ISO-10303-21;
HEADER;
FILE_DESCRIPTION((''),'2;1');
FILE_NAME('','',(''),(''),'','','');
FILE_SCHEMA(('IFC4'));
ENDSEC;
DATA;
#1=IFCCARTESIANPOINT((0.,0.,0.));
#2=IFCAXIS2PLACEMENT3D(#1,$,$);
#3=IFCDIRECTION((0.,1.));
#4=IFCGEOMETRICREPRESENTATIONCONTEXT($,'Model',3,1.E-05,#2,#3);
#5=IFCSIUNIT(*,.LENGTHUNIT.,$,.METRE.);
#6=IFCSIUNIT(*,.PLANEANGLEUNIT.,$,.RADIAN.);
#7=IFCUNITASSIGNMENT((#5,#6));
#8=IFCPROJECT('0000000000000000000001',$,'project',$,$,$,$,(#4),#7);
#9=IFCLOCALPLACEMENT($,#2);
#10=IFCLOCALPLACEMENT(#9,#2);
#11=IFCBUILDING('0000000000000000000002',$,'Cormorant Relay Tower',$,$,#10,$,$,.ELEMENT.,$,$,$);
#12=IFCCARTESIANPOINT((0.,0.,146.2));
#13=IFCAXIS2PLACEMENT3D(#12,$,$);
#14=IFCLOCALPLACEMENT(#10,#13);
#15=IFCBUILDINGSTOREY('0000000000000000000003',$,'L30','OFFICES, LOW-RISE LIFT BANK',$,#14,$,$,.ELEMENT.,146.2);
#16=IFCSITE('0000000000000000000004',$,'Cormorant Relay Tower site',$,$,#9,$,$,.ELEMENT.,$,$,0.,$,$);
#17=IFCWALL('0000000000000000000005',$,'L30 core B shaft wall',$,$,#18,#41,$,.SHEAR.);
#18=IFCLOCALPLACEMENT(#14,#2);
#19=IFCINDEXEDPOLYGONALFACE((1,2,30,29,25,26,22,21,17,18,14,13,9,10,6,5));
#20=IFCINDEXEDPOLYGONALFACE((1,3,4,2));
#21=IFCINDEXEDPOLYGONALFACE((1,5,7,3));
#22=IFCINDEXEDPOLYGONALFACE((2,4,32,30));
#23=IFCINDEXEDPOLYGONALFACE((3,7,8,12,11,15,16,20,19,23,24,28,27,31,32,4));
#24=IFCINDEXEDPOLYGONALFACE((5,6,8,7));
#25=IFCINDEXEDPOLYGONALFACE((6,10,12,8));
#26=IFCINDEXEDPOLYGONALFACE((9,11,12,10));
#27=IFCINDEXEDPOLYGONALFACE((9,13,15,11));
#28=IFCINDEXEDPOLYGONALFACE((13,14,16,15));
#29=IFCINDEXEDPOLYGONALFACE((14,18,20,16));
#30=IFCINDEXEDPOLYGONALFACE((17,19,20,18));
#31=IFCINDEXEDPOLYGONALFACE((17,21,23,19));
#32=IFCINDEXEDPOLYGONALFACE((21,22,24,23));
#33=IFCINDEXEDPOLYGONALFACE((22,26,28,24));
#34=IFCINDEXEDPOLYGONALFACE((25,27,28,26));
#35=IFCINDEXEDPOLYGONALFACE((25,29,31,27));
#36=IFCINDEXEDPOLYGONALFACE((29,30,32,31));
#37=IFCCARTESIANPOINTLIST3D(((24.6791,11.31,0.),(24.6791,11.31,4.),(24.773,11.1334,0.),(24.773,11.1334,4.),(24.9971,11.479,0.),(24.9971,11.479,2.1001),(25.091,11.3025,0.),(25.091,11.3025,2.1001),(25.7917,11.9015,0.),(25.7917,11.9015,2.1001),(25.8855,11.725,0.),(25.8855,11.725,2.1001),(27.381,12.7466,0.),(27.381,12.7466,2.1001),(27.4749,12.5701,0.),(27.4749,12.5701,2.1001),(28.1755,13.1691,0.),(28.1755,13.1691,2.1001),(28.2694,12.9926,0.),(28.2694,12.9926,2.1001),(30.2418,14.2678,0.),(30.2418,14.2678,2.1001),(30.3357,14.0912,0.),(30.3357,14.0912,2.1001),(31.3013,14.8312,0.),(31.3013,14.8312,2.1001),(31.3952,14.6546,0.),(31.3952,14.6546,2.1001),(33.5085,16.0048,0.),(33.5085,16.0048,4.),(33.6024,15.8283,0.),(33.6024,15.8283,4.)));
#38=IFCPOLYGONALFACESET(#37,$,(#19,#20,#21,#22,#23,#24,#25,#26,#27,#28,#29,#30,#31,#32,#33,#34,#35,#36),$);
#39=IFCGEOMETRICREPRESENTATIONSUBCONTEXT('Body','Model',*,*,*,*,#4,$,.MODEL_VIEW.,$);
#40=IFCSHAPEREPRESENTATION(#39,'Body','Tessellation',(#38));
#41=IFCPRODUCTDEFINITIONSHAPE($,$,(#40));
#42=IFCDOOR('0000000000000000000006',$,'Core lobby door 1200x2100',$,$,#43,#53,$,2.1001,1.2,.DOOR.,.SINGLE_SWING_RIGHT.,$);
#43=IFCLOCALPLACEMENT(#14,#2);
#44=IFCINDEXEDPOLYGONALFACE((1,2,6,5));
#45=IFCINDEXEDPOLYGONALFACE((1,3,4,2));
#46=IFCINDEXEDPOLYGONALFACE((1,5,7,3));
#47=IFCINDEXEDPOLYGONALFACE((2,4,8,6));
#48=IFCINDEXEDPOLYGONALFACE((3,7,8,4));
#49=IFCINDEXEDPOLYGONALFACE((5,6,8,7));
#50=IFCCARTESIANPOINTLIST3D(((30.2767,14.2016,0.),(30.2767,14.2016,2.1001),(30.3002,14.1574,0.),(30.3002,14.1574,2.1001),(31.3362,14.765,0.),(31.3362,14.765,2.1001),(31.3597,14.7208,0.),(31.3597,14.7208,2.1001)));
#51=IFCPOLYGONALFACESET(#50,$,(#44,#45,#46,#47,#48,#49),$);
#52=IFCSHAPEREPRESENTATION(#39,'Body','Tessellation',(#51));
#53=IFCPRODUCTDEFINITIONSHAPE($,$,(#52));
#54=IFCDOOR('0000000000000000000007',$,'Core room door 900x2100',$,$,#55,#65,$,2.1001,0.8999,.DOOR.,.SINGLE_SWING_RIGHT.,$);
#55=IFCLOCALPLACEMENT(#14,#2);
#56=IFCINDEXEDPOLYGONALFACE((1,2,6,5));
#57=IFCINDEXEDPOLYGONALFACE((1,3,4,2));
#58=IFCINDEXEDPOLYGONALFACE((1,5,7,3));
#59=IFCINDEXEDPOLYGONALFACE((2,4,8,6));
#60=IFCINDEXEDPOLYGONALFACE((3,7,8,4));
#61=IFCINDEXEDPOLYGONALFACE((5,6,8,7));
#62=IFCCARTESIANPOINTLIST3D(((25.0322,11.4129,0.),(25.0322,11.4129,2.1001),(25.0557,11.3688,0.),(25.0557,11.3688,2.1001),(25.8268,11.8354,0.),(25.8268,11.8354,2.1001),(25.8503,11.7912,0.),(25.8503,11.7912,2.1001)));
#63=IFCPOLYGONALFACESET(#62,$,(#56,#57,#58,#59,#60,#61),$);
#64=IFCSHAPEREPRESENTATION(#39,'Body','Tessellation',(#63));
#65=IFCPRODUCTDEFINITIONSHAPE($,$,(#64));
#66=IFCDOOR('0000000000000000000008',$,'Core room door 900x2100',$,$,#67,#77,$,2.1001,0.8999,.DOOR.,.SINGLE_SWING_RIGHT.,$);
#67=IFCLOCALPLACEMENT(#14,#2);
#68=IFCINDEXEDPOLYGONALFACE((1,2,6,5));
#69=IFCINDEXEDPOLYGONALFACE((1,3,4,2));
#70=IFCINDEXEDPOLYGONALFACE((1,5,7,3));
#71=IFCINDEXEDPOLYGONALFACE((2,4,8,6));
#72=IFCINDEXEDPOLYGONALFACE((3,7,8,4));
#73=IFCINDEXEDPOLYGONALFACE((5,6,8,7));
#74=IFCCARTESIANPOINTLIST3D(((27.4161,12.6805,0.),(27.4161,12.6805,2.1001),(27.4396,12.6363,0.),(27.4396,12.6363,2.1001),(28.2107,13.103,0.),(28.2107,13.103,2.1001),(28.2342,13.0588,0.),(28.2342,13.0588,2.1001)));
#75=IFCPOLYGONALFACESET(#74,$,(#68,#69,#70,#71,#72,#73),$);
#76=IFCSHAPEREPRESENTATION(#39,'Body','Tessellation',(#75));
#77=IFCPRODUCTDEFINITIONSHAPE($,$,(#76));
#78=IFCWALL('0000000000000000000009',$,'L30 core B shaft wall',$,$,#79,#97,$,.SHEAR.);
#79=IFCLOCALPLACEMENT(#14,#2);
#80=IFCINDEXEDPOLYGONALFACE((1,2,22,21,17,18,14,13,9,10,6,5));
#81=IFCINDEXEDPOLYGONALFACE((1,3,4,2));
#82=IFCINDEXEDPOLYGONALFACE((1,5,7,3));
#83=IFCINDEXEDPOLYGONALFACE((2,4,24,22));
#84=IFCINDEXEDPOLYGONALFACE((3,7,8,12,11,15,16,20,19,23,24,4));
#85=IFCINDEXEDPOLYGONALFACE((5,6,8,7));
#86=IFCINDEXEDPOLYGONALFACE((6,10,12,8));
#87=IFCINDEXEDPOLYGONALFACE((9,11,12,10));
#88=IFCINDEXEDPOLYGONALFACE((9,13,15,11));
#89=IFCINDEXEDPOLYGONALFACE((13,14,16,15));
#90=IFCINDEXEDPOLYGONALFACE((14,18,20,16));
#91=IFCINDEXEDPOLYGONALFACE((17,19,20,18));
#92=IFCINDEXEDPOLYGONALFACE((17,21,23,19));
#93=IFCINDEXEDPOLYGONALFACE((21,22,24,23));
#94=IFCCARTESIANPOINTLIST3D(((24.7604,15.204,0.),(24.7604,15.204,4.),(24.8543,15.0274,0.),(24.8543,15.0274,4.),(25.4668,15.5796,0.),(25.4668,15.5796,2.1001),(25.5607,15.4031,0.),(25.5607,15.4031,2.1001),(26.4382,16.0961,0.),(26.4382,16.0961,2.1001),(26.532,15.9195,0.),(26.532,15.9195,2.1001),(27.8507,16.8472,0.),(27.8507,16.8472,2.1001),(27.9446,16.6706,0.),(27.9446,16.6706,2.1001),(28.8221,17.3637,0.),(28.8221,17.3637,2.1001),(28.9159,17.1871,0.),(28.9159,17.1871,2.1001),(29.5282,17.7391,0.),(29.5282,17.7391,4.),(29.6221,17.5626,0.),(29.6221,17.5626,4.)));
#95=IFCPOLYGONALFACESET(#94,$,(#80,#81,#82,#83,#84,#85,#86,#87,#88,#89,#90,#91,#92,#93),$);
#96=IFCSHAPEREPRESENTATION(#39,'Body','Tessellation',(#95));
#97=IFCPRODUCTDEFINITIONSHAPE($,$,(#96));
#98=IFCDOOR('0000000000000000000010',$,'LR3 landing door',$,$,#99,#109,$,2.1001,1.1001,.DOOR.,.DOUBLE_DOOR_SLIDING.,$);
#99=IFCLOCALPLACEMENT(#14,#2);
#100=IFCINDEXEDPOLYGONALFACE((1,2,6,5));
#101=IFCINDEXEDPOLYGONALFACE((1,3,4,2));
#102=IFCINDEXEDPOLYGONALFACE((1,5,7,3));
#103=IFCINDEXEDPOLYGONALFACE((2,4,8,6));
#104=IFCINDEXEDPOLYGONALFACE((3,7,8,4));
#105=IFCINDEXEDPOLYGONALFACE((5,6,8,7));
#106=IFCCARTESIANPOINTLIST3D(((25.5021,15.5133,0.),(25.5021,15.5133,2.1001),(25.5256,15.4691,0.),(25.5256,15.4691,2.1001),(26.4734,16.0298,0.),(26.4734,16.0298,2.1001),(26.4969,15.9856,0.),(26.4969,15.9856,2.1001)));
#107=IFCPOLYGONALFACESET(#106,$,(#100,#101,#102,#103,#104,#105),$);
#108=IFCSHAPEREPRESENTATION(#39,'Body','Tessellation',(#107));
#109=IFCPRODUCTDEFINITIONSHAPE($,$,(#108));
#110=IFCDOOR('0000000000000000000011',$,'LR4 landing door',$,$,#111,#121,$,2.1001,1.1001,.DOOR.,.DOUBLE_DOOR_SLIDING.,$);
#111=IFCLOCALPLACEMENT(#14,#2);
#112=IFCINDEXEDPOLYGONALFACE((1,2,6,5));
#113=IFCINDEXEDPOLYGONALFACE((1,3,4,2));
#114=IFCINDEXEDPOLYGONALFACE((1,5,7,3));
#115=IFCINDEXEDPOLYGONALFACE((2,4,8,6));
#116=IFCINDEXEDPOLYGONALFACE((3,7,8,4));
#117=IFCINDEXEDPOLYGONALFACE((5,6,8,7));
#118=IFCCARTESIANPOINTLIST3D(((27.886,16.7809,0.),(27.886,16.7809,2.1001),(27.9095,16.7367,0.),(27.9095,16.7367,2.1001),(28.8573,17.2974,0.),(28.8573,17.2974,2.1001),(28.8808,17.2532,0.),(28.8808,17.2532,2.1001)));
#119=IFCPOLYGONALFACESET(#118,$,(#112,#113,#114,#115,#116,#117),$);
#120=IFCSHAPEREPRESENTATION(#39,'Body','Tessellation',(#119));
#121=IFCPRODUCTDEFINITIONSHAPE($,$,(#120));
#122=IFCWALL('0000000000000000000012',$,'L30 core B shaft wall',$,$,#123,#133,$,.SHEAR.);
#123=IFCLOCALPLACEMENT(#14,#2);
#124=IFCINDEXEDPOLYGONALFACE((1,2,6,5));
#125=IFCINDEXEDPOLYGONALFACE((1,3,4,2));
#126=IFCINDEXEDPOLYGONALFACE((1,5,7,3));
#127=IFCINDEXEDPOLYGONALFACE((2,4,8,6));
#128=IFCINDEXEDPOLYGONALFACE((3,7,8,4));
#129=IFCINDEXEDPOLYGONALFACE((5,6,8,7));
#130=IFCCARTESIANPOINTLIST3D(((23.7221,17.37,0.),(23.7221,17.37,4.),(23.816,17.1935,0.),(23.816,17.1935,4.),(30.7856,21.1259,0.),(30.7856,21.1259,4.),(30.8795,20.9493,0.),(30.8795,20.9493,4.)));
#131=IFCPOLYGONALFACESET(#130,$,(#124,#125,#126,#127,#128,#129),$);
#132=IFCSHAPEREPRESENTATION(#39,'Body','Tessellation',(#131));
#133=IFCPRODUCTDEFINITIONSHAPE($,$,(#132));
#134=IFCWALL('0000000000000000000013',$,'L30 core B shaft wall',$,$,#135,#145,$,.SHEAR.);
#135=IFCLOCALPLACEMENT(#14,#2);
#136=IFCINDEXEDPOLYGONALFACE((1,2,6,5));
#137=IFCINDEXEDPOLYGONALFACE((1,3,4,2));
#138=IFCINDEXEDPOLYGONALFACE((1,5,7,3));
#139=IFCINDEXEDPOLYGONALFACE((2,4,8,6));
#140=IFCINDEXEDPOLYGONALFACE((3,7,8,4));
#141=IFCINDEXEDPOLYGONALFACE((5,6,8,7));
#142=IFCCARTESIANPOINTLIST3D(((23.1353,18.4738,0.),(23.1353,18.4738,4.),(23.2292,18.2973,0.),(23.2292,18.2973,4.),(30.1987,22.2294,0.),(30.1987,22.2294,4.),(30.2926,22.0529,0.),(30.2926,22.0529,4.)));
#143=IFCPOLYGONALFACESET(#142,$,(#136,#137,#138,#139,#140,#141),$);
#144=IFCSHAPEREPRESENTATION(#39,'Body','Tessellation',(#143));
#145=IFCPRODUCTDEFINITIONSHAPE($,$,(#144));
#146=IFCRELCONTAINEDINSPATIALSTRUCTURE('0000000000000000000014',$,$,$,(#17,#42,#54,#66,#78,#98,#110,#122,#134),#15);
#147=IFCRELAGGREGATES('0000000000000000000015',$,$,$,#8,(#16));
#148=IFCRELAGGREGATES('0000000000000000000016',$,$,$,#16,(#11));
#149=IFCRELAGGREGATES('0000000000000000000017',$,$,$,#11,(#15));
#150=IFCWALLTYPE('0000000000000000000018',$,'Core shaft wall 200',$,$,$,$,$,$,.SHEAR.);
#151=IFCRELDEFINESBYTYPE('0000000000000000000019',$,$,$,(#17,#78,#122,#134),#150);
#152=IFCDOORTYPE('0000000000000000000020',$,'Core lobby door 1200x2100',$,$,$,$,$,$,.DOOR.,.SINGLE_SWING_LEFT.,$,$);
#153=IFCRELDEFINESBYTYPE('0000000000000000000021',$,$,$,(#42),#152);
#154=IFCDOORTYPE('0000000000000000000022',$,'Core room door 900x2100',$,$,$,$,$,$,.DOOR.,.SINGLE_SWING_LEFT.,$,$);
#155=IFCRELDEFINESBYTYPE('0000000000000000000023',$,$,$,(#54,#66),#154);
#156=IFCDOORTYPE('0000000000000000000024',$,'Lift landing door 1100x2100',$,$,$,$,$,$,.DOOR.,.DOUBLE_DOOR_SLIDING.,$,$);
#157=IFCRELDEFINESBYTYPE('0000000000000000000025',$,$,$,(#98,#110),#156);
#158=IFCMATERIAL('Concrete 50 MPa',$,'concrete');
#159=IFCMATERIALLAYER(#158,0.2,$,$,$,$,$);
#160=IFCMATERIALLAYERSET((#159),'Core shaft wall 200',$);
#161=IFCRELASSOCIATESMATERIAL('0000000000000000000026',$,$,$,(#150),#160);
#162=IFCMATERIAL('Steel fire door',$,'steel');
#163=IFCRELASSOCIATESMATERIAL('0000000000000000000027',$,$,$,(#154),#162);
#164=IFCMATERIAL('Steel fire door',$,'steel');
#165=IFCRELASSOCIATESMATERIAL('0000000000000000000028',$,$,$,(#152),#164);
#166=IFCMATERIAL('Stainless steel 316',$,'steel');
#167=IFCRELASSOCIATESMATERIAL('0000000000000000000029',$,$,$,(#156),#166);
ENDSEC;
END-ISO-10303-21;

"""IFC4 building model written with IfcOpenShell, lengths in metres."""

from ifc_helpers import new_model, si_unit, direction, frame, frame_2d, origin, place, context, subcontext, project, spatial, rectangle, extrude, material, layer, layer_set, type_object, element, fill, save


model = new_model("IFC4")

# Units and contexts
model_context = context("Model", 3, precision=1e-05, world=origin(), true_north=direction((0.0, 1.0)))
body_context = subcontext(model_context, "Body", "Model", "MODEL_VIEW")
ifc_project = project(units=[si_unit("LENGTHUNIT", "METRE"), si_unit("PLANEANGLEUNIT", "RADIAN")], contexts=[model_context])

# Site, building, storey
site_placement = place(None, origin())
site = spatial("IfcSite", under=ifc_project, at=site_placement, Name="Cormorant Relay Tower site", CompositionType="ELEMENT", RefElevation=0.0)
building_placement = place(site_placement, origin())
building = spatial("IfcBuilding", under=site, at=building_placement, Name="Cormorant Relay Tower", CompositionType="ELEMENT")
storey_placement = place(building_placement, frame((0.0, 0.0, 146.2)))
storey = spatial("IfcBuildingStorey", under=building, at=storey_placement, Name="L30", Description="OFFICES, LOW-RISE LIFT BANK", CompositionType="ELEMENT", Elevation=146.2)

# Shared definitions
ifc_material_1 = material(Name="Concrete 50 MPa", Category="concrete")
ifc_layer_1 = layer(ifc_material_1, 0.2)
ifc_layer_set_1 = layer_set([ifc_layer_1], Name="Core shaft wall 200")
wall_type_1 = type_object("IfcWallType", Name="Core shaft wall 200", PredefinedType="SHEAR", material=ifc_layer_set_1)

# Shared definitions
ifc_material_2 = material(Name="Steel fire door", Category="steel")
door_type_1 = type_object("IfcDoorType", Name="Core room door 900x2100", OperationType="SINGLE_SWING_LEFT", PredefinedType="DOOR", material=ifc_material_2)

# Walls, openings, doors
wall_1_placement = place(storey_placement, frame((24.7261, 11.2217, 0.0), z_axis=(0.0, 0.0, 1.0), x_axis=(0.88294, 0.469485, 0.0)))
wall_1 = element("IfcWall", 1, at=wall_1_placement, inside=storey, type_object=wall_type_1, Name="L30 core B shaft wall", PredefinedType="SHEAR", context=body_context, shape_type="SweptSolid", body=[
    extrude(rectangle(XDim=10.0, YDim=0.2, at=frame_2d((5.0, 0.0))), origin(), (0.0, 0.0, 1.0), 4.0),
])
opening_1_placement = place(wall_1_placement, frame((6.3, 0.0, 0.0)))
opening_1 = element("IfcOpeningElement", 2, at=opening_1_placement, cuts=wall_1, PredefinedType="OPENING", context=body_context, shape_type="SweptSolid", body=[
    extrude(rectangle(XDim=1.2, YDim=2.1001, at=frame_2d((0.6001, 1.05))), frame((0.0, 0.1099, 0.0), z_axis=(0.0, -1.0, 0.0), x_axis=(1.0, 0.0, 0.0)), (0.0, 0.0, 1.0), 0.22),
])
opening_2_placement = place(wall_1_placement, frame((0.3601, 0.0, 0.0)))
opening_2 = element("IfcOpeningElement", 3, at=opening_2_placement, cuts=wall_1, PredefinedType="OPENING", context=body_context, shape_type="SweptSolid", body=[
    extrude(rectangle(XDim=0.8999, YDim=2.1001, at=frame_2d((0.45, 1.05))), frame((0.0, 0.1099, 0.0), z_axis=(0.0, -1.0, 0.0), x_axis=(1.0, 0.0, 0.0)), (0.0, 0.0, 1.0), 0.22),
])
opening_3_placement = place(wall_1_placement, frame((3.0601, 0.0, 0.0)))
opening_3 = element("IfcOpeningElement", 4, at=opening_3_placement, cuts=wall_1, PredefinedType="OPENING", context=body_context, shape_type="SweptSolid", body=[
    extrude(rectangle(XDim=0.8999, YDim=2.1001, at=frame_2d((0.45, 1.05))), frame((0.0, 0.1099, 0.0), z_axis=(0.0, -1.0, 0.0), x_axis=(1.0, 0.0, 0.0)), (0.0, 0.0, 1.0), 0.22),
])
ifc_material_3 = material(Name="Steel fire door", Category="steel")
door_type_2 = type_object("IfcDoorType", Name="Core lobby door 1200x2100", OperationType="SINGLE_SWING_LEFT", PredefinedType="DOOR", material=ifc_material_3)
door_1_placement = place(opening_1_placement, frame((1.2, 0.0, 0.0), z_axis=(0.0, 0.0, 1.0), x_axis=(-1.0, 0.0, 0.0)))
door_1 = element("IfcDoor", 5, at=door_1_placement, inside=storey, type_object=door_type_2, Name="Core lobby door 1200x2100", OperationType="SINGLE_SWING_RIGHT", OverallHeight=2.1001, OverallWidth=1.2, PredefinedType="DOOR", context=body_context, shape_type="SweptSolid", body=[
    extrude(rectangle(XDim=1.2, YDim=2.1001, at=frame_2d((0.6001, 1.05))), frame((0.0, 0.0249, 0.0), z_axis=(0.0, -1.0, 0.0), x_axis=(1.0, 0.0, 0.0)), (0.0, 0.0, 1.0), 0.05),
])
fill(opening_1, door_1)
door_2_placement = place(opening_2_placement, frame((0.8999, 0.0, 0.0), z_axis=(0.0, 0.0, 1.0), x_axis=(-1.0, 0.0, 0.0)))
door_2 = element("IfcDoor", 6, at=door_2_placement, inside=storey, type_object=door_type_1, Name="Core room door 900x2100", OperationType="SINGLE_SWING_RIGHT", OverallHeight=2.1001, OverallWidth=0.8999, PredefinedType="DOOR", context=body_context, shape_type="SweptSolid", body=[
    extrude(rectangle(XDim=0.8999, YDim=2.1001, at=frame_2d((0.45, 1.05))), frame((0.0, 0.0249, 0.0), z_axis=(0.0, -1.0, 0.0), x_axis=(1.0, 0.0, 0.0)), (0.0, 0.0, 1.0), 0.05),
])
fill(opening_2, door_2)
door_3_placement = place(opening_3_placement, frame((0.8999, 0.0, 0.0), z_axis=(0.0, 0.0, 1.0), x_axis=(-1.0, 0.0, 0.0)))
door_3 = element("IfcDoor", 7, at=door_3_placement, inside=storey, type_object=door_type_1, Name="Core room door 900x2100", OperationType="SINGLE_SWING_RIGHT", OverallHeight=2.1001, OverallWidth=0.8999, PredefinedType="DOOR", context=body_context, shape_type="SweptSolid", body=[
    extrude(rectangle(XDim=0.8999, YDim=2.1001, at=frame_2d((0.45, 1.05))), frame((0.0, 0.0249, 0.0), z_axis=(0.0, -1.0, 0.0), x_axis=(1.0, 0.0, 0.0)), (0.0, 0.0, 1.0), 0.05),
])
fill(opening_3, door_3)
wall_2_placement = place(storey_placement, frame((24.8074, 15.1157, 0.0), z_axis=(0.0, 0.0, 1.0), x_axis=(0.882943, 0.46948, 0.0)))
wall_2 = element("IfcWall", 8, at=wall_2_placement, inside=storey, type_object=wall_type_1, Name="L30 core B shaft wall", PredefinedType="SHEAR", context=body_context, shape_type="SweptSolid", body=[
    extrude(rectangle(XDim=5.3999, YDim=0.2, at=frame_2d((2.7, 0.0))), origin(), (0.0, 0.0, 1.0), 4.0),
])
opening_4_placement = place(wall_2_placement, frame((0.8, 0.0, 0.0)))
opening_4 = element("IfcOpeningElement", 9, at=opening_4_placement, cuts=wall_2, PredefinedType="OPENING", context=body_context, shape_type="SweptSolid", body=[
    extrude(rectangle(XDim=1.1001, YDim=2.1001, at=frame_2d((0.55, 1.05))), frame((0.0, 0.1099, 0.0), z_axis=(0.0, -1.0, 0.0), x_axis=(1.0, 0.0, 0.0)), (0.0, 0.0, 1.0), 0.22),
])
opening_5_placement = place(wall_2_placement, frame((3.5, 0.0, 0.0)))
opening_5 = element("IfcOpeningElement", 10, at=opening_5_placement, cuts=wall_2, PredefinedType="OPENING", context=body_context, shape_type="SweptSolid", body=[
    extrude(rectangle(XDim=1.1001, YDim=2.1001, at=frame_2d((0.55, 1.05))), frame((0.0, 0.1099, 0.0), z_axis=(0.0, -1.0, 0.0), x_axis=(1.0, 0.0, 0.0)), (0.0, 0.0, 1.0), 0.22),
])
ifc_material_4 = material(Name="Stainless steel 316", Category="steel")
door_type_3 = type_object("IfcDoorType", Name="Lift landing door 1100x2100", OperationType="DOUBLE_DOOR_SLIDING", PredefinedType="DOOR", material=ifc_material_4)
door_4_placement = place(opening_4_placement, origin())
door_4 = element("IfcDoor", 11, at=door_4_placement, inside=storey, type_object=door_type_3, Name="LR3 landing door", OperationType="DOUBLE_DOOR_SLIDING", OverallHeight=2.1001, OverallWidth=1.1001, PredefinedType="DOOR", context=body_context, shape_type="SweptSolid", body=[
    extrude(rectangle(XDim=1.1001, YDim=2.1001, at=frame_2d((0.55, 1.05))), frame((0.0, 0.0249, 0.0), z_axis=(0.0, -1.0, 0.0), x_axis=(1.0, 0.0, 0.0)), (0.0, 0.0, 1.0), 0.05),
])
fill(opening_4, door_4)
door_5_placement = place(opening_5_placement, origin())
door_5 = element("IfcDoor", 12, at=door_5_placement, inside=storey, type_object=door_type_3, Name="LR4 landing door", OperationType="DOUBLE_DOOR_SLIDING", OverallHeight=2.1001, OverallWidth=1.1001, PredefinedType="DOOR", context=body_context, shape_type="SweptSolid", body=[
    extrude(rectangle(XDim=1.1001, YDim=2.1001, at=frame_2d((0.55, 1.05))), frame((0.0, 0.0249, 0.0), z_axis=(0.0, -1.0, 0.0), x_axis=(1.0, 0.0, 0.0)), (0.0, 0.0, 1.0), 0.05),
])
fill(opening_5, door_5)

# Walls
wall_3_placement = place(storey_placement, frame((23.769, 17.2817, 0.0), z_axis=(0.0, 0.0, 1.0), x_axis=(0.88294, 0.469485, 0.0)))
element("IfcWall", 13, at=wall_3_placement, inside=storey, type_object=wall_type_1, Name="L30 core B shaft wall", PredefinedType="SHEAR", context=body_context, shape_type="SweptSolid", body=[
    extrude(rectangle(XDim=8.0, YDim=0.2, at=frame_2d((4.0, 0.0))), origin(), (0.0, 0.0, 1.0), 4.0),
])
wall_4_placement = place(storey_placement, frame((23.1821, 18.3855, 0.0), z_axis=(0.0, 0.0, 1.0), x_axis=(0.882953, 0.469462, 0.0)))
element("IfcWall", 14, at=wall_4_placement, inside=storey, type_object=wall_type_1, Name="L30 core B shaft wall", PredefinedType="SHEAR", context=body_context, shape_type="SweptSolid", body=[
    extrude(rectangle(XDim=7.9998, YDim=0.2, at=frame_2d((4.0, 0.0))), origin(), (0.0, 0.0, 1.0), 4.0),
])

save(model, "model.ifc")
